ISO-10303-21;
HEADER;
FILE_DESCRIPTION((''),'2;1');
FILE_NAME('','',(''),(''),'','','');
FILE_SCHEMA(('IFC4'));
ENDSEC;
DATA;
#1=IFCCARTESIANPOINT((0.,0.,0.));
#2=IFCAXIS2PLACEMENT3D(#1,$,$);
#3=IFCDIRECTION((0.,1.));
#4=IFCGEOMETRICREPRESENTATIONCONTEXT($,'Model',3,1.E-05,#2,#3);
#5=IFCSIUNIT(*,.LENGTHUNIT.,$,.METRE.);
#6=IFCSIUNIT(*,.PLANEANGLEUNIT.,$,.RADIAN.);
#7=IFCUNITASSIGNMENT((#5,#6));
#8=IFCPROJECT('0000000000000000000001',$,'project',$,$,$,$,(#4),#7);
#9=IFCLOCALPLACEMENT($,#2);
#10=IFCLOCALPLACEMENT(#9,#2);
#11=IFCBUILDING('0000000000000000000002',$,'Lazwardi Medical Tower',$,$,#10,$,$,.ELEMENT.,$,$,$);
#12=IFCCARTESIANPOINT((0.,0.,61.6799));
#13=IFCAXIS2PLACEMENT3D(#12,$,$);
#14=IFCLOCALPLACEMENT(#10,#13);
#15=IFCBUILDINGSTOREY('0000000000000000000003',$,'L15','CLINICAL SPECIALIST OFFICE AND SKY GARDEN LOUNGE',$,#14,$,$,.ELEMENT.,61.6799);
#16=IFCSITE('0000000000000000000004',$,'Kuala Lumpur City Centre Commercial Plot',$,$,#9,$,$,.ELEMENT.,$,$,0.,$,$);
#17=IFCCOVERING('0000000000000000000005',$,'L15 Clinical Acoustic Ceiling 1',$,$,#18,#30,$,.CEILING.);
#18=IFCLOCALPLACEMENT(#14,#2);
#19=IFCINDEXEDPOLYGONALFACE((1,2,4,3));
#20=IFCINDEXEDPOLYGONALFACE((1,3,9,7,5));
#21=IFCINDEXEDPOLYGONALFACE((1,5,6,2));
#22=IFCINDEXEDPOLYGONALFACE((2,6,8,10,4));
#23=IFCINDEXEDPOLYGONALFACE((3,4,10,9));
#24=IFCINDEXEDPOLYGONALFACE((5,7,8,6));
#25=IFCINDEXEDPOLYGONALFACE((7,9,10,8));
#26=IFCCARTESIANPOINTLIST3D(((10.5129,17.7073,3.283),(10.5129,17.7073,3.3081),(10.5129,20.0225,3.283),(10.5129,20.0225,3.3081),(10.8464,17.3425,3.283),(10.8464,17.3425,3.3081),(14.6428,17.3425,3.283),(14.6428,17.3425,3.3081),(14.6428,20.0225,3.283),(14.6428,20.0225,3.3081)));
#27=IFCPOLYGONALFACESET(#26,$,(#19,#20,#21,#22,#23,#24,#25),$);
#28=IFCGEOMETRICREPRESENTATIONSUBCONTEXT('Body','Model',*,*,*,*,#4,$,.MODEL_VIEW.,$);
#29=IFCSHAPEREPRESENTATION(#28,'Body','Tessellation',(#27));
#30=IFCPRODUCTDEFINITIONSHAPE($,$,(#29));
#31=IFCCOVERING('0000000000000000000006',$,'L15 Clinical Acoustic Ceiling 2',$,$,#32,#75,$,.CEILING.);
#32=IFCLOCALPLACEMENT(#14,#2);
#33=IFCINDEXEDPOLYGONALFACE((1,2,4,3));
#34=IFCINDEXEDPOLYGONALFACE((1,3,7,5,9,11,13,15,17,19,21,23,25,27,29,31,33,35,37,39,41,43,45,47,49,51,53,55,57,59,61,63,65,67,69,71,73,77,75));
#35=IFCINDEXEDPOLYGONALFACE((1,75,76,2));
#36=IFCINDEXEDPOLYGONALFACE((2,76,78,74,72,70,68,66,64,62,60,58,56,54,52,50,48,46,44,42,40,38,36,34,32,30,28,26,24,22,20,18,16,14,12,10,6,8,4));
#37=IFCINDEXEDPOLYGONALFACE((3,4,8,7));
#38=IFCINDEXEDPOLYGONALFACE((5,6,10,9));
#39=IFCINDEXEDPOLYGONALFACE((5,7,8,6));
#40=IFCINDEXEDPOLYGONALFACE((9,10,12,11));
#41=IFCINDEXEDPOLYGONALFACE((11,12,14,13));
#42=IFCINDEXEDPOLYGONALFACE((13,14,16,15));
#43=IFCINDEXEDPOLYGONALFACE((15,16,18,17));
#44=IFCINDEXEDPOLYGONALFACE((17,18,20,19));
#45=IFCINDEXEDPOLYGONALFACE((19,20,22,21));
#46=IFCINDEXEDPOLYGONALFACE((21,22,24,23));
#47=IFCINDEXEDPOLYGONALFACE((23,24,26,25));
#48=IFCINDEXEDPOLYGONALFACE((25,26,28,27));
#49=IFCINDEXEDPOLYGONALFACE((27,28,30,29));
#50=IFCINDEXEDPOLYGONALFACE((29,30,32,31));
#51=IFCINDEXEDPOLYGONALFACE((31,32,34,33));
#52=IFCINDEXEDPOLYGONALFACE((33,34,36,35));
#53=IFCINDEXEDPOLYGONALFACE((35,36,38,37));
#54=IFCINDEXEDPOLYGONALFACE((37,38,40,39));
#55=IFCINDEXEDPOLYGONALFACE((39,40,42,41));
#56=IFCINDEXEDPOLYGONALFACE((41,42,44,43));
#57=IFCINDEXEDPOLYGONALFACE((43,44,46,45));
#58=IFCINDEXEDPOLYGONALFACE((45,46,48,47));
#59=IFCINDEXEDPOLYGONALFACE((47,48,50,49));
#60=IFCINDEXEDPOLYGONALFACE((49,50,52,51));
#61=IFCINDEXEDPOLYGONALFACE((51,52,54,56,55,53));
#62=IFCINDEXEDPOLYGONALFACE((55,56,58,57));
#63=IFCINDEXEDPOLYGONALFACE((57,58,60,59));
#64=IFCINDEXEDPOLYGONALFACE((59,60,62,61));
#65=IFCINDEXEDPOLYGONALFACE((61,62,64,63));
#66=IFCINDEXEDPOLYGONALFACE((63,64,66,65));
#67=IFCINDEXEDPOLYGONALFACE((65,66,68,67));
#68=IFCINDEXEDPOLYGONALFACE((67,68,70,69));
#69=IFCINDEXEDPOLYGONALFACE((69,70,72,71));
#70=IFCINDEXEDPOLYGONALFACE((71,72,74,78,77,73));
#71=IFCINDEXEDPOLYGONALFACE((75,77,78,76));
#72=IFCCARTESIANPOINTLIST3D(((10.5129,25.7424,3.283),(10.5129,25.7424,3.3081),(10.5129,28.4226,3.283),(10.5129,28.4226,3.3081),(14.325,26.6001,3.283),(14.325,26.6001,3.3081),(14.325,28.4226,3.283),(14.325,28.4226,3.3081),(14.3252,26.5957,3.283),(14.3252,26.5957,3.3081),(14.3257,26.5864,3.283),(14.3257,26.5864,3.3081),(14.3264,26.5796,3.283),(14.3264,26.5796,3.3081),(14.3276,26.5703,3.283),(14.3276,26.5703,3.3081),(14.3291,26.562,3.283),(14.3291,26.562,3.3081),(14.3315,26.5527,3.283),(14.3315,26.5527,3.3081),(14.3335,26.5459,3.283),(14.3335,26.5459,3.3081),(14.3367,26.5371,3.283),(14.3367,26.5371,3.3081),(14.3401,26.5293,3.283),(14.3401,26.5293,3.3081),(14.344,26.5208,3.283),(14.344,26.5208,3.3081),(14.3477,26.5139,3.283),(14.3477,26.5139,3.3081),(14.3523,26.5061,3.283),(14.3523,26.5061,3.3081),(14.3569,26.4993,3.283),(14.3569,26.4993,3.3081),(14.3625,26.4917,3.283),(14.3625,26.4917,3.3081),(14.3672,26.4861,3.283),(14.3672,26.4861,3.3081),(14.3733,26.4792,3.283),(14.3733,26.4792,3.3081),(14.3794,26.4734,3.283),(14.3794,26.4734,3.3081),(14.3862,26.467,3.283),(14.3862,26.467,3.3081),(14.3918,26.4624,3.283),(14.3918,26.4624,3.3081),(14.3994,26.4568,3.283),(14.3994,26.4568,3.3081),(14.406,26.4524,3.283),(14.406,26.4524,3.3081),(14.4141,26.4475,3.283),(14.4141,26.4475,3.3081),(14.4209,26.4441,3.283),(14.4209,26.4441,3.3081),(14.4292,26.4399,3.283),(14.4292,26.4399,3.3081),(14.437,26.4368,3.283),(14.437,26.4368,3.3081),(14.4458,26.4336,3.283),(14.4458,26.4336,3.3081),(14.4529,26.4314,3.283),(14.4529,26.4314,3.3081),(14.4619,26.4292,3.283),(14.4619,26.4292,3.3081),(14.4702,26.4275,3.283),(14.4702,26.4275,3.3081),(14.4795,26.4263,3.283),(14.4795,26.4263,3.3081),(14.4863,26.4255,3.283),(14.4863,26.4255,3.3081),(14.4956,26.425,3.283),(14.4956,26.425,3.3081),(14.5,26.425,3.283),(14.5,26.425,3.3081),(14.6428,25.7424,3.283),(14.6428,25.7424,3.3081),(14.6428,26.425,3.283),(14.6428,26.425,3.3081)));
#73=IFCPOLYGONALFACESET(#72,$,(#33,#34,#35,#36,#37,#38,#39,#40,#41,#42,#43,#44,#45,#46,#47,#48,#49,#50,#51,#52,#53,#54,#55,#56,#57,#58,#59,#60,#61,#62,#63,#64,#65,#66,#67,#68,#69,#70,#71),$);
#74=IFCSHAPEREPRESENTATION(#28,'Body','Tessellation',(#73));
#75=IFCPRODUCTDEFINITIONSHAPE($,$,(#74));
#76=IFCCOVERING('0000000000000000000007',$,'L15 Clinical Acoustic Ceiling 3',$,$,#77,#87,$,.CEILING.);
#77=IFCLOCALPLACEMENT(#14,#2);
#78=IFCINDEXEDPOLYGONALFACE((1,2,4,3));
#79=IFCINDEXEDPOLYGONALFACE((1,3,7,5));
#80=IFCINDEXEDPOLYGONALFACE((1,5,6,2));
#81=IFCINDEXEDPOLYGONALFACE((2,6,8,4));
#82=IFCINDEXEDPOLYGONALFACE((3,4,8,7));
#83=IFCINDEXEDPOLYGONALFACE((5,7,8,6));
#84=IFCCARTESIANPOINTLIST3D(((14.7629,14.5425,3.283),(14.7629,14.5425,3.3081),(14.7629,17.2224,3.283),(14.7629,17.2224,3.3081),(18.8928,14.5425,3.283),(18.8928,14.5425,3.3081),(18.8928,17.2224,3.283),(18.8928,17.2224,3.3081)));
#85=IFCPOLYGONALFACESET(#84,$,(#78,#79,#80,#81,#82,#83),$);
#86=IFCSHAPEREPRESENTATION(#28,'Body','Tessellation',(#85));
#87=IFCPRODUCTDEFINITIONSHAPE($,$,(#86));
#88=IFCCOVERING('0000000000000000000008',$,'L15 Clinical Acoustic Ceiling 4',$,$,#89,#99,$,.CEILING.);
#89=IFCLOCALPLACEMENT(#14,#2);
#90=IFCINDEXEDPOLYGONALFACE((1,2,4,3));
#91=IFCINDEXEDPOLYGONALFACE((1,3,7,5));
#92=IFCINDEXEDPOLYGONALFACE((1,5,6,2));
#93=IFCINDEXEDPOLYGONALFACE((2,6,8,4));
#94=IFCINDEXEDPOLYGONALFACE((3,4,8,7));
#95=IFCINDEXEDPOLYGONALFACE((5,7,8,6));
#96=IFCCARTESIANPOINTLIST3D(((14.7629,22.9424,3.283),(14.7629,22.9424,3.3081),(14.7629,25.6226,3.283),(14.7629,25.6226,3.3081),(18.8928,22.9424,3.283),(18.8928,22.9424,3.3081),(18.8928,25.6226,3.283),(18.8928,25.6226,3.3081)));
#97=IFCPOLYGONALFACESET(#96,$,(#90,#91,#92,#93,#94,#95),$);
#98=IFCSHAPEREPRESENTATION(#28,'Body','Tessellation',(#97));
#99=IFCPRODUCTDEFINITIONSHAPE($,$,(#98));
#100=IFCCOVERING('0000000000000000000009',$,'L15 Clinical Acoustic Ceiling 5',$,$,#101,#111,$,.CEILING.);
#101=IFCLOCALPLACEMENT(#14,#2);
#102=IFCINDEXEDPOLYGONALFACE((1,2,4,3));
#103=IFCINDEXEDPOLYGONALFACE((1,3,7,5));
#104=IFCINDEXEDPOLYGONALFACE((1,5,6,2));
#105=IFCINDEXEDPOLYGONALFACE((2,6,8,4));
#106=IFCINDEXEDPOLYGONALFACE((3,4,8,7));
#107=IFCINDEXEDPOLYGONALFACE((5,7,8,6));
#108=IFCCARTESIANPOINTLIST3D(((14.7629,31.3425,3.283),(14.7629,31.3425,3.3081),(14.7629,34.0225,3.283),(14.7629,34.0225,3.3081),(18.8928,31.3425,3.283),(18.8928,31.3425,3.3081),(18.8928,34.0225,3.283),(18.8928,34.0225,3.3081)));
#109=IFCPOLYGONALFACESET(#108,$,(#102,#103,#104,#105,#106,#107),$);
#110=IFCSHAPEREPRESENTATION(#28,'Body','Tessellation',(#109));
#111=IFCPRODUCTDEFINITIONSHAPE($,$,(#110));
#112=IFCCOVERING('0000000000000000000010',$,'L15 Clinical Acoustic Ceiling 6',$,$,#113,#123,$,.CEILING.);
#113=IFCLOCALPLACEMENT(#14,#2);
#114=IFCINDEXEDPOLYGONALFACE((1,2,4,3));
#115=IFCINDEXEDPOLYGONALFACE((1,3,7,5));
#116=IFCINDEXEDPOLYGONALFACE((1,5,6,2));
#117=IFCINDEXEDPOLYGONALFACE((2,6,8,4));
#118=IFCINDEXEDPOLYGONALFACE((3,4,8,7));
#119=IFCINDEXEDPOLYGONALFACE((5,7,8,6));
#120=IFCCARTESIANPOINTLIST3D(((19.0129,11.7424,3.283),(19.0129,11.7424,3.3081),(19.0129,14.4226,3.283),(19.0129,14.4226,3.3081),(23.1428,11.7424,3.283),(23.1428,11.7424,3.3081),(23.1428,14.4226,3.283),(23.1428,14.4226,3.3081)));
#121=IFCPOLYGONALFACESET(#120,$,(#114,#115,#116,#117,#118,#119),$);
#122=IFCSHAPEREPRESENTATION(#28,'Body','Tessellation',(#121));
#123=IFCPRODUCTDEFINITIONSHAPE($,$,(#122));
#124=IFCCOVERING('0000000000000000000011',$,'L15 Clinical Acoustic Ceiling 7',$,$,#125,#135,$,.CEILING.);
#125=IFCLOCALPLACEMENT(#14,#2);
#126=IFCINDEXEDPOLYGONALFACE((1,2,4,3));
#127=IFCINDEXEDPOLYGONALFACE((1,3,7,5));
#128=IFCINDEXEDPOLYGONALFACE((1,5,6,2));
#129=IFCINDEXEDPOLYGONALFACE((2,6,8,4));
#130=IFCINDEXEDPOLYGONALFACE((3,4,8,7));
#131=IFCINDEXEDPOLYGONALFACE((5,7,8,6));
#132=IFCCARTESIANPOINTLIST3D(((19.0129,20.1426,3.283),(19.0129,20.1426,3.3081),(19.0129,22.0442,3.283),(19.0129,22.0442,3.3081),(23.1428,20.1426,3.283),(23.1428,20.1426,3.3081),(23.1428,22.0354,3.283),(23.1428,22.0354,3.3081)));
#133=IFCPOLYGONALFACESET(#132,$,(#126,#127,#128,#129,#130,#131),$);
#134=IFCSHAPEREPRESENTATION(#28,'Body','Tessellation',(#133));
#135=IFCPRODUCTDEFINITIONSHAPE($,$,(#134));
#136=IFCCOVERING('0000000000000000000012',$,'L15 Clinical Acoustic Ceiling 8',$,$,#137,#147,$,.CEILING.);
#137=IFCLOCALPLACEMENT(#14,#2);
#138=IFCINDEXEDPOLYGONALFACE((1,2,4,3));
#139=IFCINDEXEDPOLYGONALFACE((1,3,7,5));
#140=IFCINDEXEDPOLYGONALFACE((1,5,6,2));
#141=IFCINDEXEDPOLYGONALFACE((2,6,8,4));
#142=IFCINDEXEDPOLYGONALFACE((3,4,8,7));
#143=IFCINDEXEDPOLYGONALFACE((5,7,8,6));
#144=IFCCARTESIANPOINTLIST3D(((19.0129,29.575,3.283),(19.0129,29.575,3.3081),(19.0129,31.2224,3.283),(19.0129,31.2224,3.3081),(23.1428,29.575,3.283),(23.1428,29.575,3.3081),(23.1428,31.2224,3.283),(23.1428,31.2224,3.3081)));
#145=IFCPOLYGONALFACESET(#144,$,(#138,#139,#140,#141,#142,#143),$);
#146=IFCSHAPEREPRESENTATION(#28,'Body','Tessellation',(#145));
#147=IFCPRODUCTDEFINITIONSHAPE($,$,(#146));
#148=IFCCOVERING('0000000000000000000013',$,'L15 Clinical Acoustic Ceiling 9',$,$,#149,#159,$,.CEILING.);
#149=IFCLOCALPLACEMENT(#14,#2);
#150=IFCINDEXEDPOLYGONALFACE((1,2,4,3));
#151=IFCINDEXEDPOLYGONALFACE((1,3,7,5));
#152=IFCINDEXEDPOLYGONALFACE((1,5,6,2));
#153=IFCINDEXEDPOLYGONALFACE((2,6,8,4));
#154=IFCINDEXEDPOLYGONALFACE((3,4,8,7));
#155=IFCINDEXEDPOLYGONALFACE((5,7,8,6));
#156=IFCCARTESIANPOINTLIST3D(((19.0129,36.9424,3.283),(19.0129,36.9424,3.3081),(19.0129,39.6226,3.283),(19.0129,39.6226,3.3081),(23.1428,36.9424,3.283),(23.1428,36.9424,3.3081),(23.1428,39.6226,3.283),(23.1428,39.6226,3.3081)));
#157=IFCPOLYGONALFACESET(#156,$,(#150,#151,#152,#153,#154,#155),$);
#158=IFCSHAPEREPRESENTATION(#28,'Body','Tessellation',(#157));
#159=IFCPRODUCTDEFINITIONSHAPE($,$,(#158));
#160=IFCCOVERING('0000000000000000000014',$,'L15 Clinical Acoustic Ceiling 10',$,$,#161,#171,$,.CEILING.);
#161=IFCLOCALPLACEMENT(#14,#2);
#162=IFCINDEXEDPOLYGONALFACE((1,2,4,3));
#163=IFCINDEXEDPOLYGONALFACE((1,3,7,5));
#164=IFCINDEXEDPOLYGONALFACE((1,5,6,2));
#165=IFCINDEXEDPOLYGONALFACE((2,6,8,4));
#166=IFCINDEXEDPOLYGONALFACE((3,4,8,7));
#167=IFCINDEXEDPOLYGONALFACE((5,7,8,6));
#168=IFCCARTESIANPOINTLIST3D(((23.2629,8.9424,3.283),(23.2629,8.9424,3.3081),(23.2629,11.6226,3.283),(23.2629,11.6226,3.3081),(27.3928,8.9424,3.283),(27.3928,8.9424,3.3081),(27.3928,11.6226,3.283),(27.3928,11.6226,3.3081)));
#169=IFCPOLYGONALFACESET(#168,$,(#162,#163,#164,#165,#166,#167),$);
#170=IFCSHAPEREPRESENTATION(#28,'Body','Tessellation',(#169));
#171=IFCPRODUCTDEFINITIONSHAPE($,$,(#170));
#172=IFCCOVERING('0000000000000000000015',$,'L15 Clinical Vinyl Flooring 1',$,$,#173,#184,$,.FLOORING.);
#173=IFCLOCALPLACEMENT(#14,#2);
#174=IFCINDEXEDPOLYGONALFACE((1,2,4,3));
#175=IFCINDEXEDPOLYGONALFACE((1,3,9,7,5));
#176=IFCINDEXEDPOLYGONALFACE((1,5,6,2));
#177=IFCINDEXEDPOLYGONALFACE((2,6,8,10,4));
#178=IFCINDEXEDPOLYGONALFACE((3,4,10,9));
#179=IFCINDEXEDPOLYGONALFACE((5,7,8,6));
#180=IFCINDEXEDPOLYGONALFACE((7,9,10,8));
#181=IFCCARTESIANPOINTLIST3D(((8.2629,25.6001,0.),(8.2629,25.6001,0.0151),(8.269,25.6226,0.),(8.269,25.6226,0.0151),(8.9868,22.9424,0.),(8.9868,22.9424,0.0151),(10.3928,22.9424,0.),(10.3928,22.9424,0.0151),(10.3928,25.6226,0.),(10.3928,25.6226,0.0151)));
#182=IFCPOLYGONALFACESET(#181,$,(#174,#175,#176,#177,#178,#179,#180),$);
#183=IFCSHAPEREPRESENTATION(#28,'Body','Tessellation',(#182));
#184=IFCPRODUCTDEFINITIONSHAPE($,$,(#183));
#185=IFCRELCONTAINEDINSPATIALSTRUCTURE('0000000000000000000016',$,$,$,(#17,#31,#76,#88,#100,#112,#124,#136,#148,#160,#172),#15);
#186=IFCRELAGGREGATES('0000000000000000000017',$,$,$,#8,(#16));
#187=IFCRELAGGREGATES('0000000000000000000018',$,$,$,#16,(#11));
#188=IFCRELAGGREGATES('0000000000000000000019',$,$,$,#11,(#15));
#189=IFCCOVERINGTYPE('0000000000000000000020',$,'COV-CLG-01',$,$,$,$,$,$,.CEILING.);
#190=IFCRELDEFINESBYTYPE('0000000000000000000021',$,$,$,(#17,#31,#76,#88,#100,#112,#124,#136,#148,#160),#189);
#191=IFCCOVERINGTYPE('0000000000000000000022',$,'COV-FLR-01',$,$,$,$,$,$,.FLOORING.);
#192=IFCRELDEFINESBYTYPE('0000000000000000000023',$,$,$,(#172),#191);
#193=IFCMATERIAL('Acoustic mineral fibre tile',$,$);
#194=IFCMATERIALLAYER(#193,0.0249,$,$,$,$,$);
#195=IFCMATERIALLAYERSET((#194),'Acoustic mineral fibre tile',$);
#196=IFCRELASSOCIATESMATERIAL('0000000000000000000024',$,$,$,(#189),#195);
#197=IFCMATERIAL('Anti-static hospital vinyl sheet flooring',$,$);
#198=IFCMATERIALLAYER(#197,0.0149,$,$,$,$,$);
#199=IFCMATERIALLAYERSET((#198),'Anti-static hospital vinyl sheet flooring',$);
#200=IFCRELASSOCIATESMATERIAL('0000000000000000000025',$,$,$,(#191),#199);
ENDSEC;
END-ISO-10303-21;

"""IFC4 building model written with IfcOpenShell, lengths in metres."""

from ifc_helpers import new_model, si_unit, direction, frame, origin, place, context, subcontext, project, spatial, polyline, outline, extrude, material, layer, layer_set, type_object, element, save


model = new_model("IFC4")

# Units and contexts
model_context = context("Model", 3, precision=1e-05, world=origin(), true_north=direction((0.0, 1.0)))
body_context = subcontext(model_context, "Body", "Model", "MODEL_VIEW")
ifc_project = project(units=[si_unit("LENGTHUNIT", "METRE"), si_unit("PLANEANGLEUNIT", "RADIAN")], contexts=[model_context])

# Site, building, storey
site_placement = place(None, origin())
site = spatial("IfcSite", under=ifc_project, at=site_placement, Name="Kuala Lumpur City Centre Commercial Plot", CompositionType="ELEMENT", RefElevation=0.0)
building_placement = place(site_placement, origin())
building = spatial("IfcBuilding", under=site, at=building_placement, Name="Lazwardi Medical Tower", CompositionType="ELEMENT")
storey_placement = place(building_placement, frame((0.0, 0.0, 61.6799)))
storey = spatial("IfcBuildingStorey", under=building, at=storey_placement, Name="L15", Description="CLINICAL SPECIALIST OFFICE AND SKY GARDEN LOUNGE", CompositionType="ELEMENT", Elevation=61.6799)

# Coverings
ifc_material_1 = material(Name="Acoustic mineral fibre tile")
ifc_layer_1 = layer(ifc_material_1, 0.0249)
ifc_layer_set_1 = layer_set([ifc_layer_1], Name="Acoustic mineral fibre tile")
covering_type_1 = type_object("IfcCoveringType", Name="COV-CLG-01", PredefinedType="CEILING", material=ifc_layer_set_1)
covering_1_placement = place(storey_placement, frame((0.0, 0.0, 3.283)))
element("IfcCovering", 1, at=covering_1_placement, inside=storey, type_object=covering_type_1, Name="L15 Clinical Acoustic Ceiling 1", PredefinedType="CEILING", context=body_context, shape_type="SweptSolid", body=[
    extrude(outline(polyline([(10.5129, 17.7073), (10.8464, 17.3425), (14.6428, 17.3425), (14.6428, 20.0225), (10.5129, 20.0225), (10.5129, 17.7073)])), origin(), (0.0, 0.0, 1.0), 0.0251),
])
covering_2_placement = place(storey_placement, frame((0.0, 0.0, 3.283)))
element("IfcCovering", 2, at=covering_2_placement, inside=storey, type_object=covering_type_1, Name="L15 Clinical Acoustic Ceiling 2", PredefinedType="CEILING", context=body_context, shape_type="SweptSolid", body=[
    extrude(outline(polyline([(14.6428, 26.425), (14.5, 26.425), (14.4956, 26.425), (14.4863, 26.4255), (14.4795, 26.4263), (14.4702, 26.4275), (14.4619, 26.4292), (14.4529, 26.4314), (14.4458, 26.4336), (14.437, 26.4368), (14.4292, 26.4399), (14.4209, 26.4441), (14.4141, 26.4475), (14.406, 26.4524), (14.3994, 26.4568), (14.3918, 26.4624), (14.3862, 26.467), (14.3794, 26.4734), (14.3733, 26.4792), (14.3672, 26.4861), (14.3625, 26.4917), (14.3569, 26.4993), (14.3523, 26.5061), (14.3477, 26.5139), (14.344, 26.5208), (14.3401, 26.5293), (14.3367, 26.5371), (14.3335, 26.5459), (14.3315, 26.5527), (14.3291, 26.562), (14.3276, 26.5703), (14.3264, 26.5796), (14.3257, 26.5864), (14.3252, 26.5957), (14.325, 26.6001), (14.325, 28.4226), (10.5129, 28.4226), (10.5129, 25.7424), (14.6428, 25.7424), (14.6428, 26.425)])), origin(), (0.0, 0.0, 1.0), 0.0251),
])
covering_3_placement = place(storey_placement, frame((0.0, 0.0, 3.283)))
element("IfcCovering", 3, at=covering_3_placement, inside=storey, type_object=covering_type_1, Name="L15 Clinical Acoustic Ceiling 3", PredefinedType="CEILING", context=body_context, shape_type="SweptSolid", body=[
    extrude(outline(polyline([(18.8928, 14.5425), (18.8928, 17.2224), (14.7629, 17.2224), (14.7629, 14.5425), (18.8928, 14.5425)])), origin(), (0.0, 0.0, 1.0), 0.0251),
])
covering_4_placement = place(storey_placement, frame((0.0, 0.0, 3.283)))
element("IfcCovering", 4, at=covering_4_placement, inside=storey, type_object=covering_type_1, Name="L15 Clinical Acoustic Ceiling 4", PredefinedType="CEILING", context=body_context, shape_type="SweptSolid", body=[
    extrude(outline(polyline([(18.8928, 22.9424), (18.8928, 25.6226), (14.7629, 25.6226), (14.7629, 22.9424), (18.8928, 22.9424)])), origin(), (0.0, 0.0, 1.0), 0.0251),
])
covering_5_placement = place(storey_placement, frame((0.0, 0.0, 3.283)))
element("IfcCovering", 5, at=covering_5_placement, inside=storey, type_object=covering_type_1, Name="L15 Clinical Acoustic Ceiling 5", PredefinedType="CEILING", context=body_context, shape_type="SweptSolid", body=[
    extrude(outline(polyline([(18.8928, 31.3425), (18.8928, 34.0225), (14.7629, 34.0225), (14.7629, 31.3425), (18.8928, 31.3425)])), origin(), (0.0, 0.0, 1.0), 0.0251),
])
covering_6_placement = place(storey_placement, frame((0.0, 0.0, 3.283)))
element("IfcCovering", 6, at=covering_6_placement, inside=storey, type_object=covering_type_1, Name="L15 Clinical Acoustic Ceiling 6", PredefinedType="CEILING", context=body_context, shape_type="SweptSolid", body=[
    extrude(outline(polyline([(23.1428, 11.7424), (23.1428, 14.4226), (19.0129, 14.4226), (19.0129, 11.7424), (23.1428, 11.7424)])), origin(), (0.0, 0.0, 1.0), 0.0251),
])
covering_7_placement = place(storey_placement, frame((0.0, 0.0, 3.283)))
element("IfcCovering", 7, at=covering_7_placement, inside=storey, type_object=covering_type_1, Name="L15 Clinical Acoustic Ceiling 7", PredefinedType="CEILING", context=body_context, shape_type="SweptSolid", body=[
    extrude(outline(polyline([(23.1428, 22.0354), (19.0129, 22.0442), (19.0129, 20.1426), (23.1428, 20.1426), (23.1428, 22.0354)])), origin(), (0.0, 0.0, 1.0), 0.0251),
])
covering_8_placement = place(storey_placement, frame((0.0, 0.0, 3.283)))
element("IfcCovering", 8, at=covering_8_placement, inside=storey, type_object=covering_type_1, Name="L15 Clinical Acoustic Ceiling 8", PredefinedType="CEILING", context=body_context, shape_type="SweptSolid", body=[
    extrude(outline(polyline([(19.0129, 29.575), (23.1428, 29.575), (23.1428, 31.2224), (19.0129, 31.2224), (19.0129, 29.575)])), origin(), (0.0, 0.0, 1.0), 0.0251),
])
covering_9_placement = place(storey_placement, frame((0.0, 0.0, 3.283)))
element("IfcCovering", 9, at=covering_9_placement, inside=storey, type_object=covering_type_1, Name="L15 Clinical Acoustic Ceiling 9", PredefinedType="CEILING", context=body_context, shape_type="SweptSolid", body=[
    extrude(outline(polyline([(23.1428, 36.9424), (23.1428, 39.6226), (19.0129, 39.6226), (19.0129, 36.9424), (23.1428, 36.9424)])), origin(), (0.0, 0.0, 1.0), 0.0251),
])
covering_10_placement = place(storey_placement, frame((0.0, 0.0, 3.283)))
element("IfcCovering", 10, at=covering_10_placement, inside=storey, type_object=covering_type_1, Name="L15 Clinical Acoustic Ceiling 10", PredefinedType="CEILING", context=body_context, shape_type="SweptSolid", body=[
    extrude(outline(polyline([(27.3928, 8.9424), (27.3928, 11.6226), (23.2629, 11.6226), (23.2629, 8.9424), (27.3928, 8.9424)])), origin(), (0.0, 0.0, 1.0), 0.0251),
])
ifc_material_2 = material(Name="Anti-static hospital vinyl sheet flooring")
ifc_layer_2 = layer(ifc_material_2, 0.0149)
ifc_layer_set_2 = layer_set([ifc_layer_2], Name="Anti-static hospital vinyl sheet flooring")
covering_type_2 = type_object("IfcCoveringType", Name="COV-FLR-01", PredefinedType="FLOORING", material=ifc_layer_set_2)
covering_11_placement = place(storey_placement, origin())
element("IfcCovering", 11, at=covering_11_placement, inside=storey, type_object=covering_type_2, Name="L15 Clinical Vinyl Flooring 1", PredefinedType="FLOORING", context=body_context, shape_type="SweptSolid", body=[
    extrude(outline(polyline([(8.269, 25.6226), (8.2629, 25.6001), (8.9868, 22.9424), (10.3928, 22.9424), (10.3928, 25.6226), (8.269, 25.6226)])), origin(), (0.0, 0.0, 1.0), 0.0151),
])

save(model, "model.ifc")
